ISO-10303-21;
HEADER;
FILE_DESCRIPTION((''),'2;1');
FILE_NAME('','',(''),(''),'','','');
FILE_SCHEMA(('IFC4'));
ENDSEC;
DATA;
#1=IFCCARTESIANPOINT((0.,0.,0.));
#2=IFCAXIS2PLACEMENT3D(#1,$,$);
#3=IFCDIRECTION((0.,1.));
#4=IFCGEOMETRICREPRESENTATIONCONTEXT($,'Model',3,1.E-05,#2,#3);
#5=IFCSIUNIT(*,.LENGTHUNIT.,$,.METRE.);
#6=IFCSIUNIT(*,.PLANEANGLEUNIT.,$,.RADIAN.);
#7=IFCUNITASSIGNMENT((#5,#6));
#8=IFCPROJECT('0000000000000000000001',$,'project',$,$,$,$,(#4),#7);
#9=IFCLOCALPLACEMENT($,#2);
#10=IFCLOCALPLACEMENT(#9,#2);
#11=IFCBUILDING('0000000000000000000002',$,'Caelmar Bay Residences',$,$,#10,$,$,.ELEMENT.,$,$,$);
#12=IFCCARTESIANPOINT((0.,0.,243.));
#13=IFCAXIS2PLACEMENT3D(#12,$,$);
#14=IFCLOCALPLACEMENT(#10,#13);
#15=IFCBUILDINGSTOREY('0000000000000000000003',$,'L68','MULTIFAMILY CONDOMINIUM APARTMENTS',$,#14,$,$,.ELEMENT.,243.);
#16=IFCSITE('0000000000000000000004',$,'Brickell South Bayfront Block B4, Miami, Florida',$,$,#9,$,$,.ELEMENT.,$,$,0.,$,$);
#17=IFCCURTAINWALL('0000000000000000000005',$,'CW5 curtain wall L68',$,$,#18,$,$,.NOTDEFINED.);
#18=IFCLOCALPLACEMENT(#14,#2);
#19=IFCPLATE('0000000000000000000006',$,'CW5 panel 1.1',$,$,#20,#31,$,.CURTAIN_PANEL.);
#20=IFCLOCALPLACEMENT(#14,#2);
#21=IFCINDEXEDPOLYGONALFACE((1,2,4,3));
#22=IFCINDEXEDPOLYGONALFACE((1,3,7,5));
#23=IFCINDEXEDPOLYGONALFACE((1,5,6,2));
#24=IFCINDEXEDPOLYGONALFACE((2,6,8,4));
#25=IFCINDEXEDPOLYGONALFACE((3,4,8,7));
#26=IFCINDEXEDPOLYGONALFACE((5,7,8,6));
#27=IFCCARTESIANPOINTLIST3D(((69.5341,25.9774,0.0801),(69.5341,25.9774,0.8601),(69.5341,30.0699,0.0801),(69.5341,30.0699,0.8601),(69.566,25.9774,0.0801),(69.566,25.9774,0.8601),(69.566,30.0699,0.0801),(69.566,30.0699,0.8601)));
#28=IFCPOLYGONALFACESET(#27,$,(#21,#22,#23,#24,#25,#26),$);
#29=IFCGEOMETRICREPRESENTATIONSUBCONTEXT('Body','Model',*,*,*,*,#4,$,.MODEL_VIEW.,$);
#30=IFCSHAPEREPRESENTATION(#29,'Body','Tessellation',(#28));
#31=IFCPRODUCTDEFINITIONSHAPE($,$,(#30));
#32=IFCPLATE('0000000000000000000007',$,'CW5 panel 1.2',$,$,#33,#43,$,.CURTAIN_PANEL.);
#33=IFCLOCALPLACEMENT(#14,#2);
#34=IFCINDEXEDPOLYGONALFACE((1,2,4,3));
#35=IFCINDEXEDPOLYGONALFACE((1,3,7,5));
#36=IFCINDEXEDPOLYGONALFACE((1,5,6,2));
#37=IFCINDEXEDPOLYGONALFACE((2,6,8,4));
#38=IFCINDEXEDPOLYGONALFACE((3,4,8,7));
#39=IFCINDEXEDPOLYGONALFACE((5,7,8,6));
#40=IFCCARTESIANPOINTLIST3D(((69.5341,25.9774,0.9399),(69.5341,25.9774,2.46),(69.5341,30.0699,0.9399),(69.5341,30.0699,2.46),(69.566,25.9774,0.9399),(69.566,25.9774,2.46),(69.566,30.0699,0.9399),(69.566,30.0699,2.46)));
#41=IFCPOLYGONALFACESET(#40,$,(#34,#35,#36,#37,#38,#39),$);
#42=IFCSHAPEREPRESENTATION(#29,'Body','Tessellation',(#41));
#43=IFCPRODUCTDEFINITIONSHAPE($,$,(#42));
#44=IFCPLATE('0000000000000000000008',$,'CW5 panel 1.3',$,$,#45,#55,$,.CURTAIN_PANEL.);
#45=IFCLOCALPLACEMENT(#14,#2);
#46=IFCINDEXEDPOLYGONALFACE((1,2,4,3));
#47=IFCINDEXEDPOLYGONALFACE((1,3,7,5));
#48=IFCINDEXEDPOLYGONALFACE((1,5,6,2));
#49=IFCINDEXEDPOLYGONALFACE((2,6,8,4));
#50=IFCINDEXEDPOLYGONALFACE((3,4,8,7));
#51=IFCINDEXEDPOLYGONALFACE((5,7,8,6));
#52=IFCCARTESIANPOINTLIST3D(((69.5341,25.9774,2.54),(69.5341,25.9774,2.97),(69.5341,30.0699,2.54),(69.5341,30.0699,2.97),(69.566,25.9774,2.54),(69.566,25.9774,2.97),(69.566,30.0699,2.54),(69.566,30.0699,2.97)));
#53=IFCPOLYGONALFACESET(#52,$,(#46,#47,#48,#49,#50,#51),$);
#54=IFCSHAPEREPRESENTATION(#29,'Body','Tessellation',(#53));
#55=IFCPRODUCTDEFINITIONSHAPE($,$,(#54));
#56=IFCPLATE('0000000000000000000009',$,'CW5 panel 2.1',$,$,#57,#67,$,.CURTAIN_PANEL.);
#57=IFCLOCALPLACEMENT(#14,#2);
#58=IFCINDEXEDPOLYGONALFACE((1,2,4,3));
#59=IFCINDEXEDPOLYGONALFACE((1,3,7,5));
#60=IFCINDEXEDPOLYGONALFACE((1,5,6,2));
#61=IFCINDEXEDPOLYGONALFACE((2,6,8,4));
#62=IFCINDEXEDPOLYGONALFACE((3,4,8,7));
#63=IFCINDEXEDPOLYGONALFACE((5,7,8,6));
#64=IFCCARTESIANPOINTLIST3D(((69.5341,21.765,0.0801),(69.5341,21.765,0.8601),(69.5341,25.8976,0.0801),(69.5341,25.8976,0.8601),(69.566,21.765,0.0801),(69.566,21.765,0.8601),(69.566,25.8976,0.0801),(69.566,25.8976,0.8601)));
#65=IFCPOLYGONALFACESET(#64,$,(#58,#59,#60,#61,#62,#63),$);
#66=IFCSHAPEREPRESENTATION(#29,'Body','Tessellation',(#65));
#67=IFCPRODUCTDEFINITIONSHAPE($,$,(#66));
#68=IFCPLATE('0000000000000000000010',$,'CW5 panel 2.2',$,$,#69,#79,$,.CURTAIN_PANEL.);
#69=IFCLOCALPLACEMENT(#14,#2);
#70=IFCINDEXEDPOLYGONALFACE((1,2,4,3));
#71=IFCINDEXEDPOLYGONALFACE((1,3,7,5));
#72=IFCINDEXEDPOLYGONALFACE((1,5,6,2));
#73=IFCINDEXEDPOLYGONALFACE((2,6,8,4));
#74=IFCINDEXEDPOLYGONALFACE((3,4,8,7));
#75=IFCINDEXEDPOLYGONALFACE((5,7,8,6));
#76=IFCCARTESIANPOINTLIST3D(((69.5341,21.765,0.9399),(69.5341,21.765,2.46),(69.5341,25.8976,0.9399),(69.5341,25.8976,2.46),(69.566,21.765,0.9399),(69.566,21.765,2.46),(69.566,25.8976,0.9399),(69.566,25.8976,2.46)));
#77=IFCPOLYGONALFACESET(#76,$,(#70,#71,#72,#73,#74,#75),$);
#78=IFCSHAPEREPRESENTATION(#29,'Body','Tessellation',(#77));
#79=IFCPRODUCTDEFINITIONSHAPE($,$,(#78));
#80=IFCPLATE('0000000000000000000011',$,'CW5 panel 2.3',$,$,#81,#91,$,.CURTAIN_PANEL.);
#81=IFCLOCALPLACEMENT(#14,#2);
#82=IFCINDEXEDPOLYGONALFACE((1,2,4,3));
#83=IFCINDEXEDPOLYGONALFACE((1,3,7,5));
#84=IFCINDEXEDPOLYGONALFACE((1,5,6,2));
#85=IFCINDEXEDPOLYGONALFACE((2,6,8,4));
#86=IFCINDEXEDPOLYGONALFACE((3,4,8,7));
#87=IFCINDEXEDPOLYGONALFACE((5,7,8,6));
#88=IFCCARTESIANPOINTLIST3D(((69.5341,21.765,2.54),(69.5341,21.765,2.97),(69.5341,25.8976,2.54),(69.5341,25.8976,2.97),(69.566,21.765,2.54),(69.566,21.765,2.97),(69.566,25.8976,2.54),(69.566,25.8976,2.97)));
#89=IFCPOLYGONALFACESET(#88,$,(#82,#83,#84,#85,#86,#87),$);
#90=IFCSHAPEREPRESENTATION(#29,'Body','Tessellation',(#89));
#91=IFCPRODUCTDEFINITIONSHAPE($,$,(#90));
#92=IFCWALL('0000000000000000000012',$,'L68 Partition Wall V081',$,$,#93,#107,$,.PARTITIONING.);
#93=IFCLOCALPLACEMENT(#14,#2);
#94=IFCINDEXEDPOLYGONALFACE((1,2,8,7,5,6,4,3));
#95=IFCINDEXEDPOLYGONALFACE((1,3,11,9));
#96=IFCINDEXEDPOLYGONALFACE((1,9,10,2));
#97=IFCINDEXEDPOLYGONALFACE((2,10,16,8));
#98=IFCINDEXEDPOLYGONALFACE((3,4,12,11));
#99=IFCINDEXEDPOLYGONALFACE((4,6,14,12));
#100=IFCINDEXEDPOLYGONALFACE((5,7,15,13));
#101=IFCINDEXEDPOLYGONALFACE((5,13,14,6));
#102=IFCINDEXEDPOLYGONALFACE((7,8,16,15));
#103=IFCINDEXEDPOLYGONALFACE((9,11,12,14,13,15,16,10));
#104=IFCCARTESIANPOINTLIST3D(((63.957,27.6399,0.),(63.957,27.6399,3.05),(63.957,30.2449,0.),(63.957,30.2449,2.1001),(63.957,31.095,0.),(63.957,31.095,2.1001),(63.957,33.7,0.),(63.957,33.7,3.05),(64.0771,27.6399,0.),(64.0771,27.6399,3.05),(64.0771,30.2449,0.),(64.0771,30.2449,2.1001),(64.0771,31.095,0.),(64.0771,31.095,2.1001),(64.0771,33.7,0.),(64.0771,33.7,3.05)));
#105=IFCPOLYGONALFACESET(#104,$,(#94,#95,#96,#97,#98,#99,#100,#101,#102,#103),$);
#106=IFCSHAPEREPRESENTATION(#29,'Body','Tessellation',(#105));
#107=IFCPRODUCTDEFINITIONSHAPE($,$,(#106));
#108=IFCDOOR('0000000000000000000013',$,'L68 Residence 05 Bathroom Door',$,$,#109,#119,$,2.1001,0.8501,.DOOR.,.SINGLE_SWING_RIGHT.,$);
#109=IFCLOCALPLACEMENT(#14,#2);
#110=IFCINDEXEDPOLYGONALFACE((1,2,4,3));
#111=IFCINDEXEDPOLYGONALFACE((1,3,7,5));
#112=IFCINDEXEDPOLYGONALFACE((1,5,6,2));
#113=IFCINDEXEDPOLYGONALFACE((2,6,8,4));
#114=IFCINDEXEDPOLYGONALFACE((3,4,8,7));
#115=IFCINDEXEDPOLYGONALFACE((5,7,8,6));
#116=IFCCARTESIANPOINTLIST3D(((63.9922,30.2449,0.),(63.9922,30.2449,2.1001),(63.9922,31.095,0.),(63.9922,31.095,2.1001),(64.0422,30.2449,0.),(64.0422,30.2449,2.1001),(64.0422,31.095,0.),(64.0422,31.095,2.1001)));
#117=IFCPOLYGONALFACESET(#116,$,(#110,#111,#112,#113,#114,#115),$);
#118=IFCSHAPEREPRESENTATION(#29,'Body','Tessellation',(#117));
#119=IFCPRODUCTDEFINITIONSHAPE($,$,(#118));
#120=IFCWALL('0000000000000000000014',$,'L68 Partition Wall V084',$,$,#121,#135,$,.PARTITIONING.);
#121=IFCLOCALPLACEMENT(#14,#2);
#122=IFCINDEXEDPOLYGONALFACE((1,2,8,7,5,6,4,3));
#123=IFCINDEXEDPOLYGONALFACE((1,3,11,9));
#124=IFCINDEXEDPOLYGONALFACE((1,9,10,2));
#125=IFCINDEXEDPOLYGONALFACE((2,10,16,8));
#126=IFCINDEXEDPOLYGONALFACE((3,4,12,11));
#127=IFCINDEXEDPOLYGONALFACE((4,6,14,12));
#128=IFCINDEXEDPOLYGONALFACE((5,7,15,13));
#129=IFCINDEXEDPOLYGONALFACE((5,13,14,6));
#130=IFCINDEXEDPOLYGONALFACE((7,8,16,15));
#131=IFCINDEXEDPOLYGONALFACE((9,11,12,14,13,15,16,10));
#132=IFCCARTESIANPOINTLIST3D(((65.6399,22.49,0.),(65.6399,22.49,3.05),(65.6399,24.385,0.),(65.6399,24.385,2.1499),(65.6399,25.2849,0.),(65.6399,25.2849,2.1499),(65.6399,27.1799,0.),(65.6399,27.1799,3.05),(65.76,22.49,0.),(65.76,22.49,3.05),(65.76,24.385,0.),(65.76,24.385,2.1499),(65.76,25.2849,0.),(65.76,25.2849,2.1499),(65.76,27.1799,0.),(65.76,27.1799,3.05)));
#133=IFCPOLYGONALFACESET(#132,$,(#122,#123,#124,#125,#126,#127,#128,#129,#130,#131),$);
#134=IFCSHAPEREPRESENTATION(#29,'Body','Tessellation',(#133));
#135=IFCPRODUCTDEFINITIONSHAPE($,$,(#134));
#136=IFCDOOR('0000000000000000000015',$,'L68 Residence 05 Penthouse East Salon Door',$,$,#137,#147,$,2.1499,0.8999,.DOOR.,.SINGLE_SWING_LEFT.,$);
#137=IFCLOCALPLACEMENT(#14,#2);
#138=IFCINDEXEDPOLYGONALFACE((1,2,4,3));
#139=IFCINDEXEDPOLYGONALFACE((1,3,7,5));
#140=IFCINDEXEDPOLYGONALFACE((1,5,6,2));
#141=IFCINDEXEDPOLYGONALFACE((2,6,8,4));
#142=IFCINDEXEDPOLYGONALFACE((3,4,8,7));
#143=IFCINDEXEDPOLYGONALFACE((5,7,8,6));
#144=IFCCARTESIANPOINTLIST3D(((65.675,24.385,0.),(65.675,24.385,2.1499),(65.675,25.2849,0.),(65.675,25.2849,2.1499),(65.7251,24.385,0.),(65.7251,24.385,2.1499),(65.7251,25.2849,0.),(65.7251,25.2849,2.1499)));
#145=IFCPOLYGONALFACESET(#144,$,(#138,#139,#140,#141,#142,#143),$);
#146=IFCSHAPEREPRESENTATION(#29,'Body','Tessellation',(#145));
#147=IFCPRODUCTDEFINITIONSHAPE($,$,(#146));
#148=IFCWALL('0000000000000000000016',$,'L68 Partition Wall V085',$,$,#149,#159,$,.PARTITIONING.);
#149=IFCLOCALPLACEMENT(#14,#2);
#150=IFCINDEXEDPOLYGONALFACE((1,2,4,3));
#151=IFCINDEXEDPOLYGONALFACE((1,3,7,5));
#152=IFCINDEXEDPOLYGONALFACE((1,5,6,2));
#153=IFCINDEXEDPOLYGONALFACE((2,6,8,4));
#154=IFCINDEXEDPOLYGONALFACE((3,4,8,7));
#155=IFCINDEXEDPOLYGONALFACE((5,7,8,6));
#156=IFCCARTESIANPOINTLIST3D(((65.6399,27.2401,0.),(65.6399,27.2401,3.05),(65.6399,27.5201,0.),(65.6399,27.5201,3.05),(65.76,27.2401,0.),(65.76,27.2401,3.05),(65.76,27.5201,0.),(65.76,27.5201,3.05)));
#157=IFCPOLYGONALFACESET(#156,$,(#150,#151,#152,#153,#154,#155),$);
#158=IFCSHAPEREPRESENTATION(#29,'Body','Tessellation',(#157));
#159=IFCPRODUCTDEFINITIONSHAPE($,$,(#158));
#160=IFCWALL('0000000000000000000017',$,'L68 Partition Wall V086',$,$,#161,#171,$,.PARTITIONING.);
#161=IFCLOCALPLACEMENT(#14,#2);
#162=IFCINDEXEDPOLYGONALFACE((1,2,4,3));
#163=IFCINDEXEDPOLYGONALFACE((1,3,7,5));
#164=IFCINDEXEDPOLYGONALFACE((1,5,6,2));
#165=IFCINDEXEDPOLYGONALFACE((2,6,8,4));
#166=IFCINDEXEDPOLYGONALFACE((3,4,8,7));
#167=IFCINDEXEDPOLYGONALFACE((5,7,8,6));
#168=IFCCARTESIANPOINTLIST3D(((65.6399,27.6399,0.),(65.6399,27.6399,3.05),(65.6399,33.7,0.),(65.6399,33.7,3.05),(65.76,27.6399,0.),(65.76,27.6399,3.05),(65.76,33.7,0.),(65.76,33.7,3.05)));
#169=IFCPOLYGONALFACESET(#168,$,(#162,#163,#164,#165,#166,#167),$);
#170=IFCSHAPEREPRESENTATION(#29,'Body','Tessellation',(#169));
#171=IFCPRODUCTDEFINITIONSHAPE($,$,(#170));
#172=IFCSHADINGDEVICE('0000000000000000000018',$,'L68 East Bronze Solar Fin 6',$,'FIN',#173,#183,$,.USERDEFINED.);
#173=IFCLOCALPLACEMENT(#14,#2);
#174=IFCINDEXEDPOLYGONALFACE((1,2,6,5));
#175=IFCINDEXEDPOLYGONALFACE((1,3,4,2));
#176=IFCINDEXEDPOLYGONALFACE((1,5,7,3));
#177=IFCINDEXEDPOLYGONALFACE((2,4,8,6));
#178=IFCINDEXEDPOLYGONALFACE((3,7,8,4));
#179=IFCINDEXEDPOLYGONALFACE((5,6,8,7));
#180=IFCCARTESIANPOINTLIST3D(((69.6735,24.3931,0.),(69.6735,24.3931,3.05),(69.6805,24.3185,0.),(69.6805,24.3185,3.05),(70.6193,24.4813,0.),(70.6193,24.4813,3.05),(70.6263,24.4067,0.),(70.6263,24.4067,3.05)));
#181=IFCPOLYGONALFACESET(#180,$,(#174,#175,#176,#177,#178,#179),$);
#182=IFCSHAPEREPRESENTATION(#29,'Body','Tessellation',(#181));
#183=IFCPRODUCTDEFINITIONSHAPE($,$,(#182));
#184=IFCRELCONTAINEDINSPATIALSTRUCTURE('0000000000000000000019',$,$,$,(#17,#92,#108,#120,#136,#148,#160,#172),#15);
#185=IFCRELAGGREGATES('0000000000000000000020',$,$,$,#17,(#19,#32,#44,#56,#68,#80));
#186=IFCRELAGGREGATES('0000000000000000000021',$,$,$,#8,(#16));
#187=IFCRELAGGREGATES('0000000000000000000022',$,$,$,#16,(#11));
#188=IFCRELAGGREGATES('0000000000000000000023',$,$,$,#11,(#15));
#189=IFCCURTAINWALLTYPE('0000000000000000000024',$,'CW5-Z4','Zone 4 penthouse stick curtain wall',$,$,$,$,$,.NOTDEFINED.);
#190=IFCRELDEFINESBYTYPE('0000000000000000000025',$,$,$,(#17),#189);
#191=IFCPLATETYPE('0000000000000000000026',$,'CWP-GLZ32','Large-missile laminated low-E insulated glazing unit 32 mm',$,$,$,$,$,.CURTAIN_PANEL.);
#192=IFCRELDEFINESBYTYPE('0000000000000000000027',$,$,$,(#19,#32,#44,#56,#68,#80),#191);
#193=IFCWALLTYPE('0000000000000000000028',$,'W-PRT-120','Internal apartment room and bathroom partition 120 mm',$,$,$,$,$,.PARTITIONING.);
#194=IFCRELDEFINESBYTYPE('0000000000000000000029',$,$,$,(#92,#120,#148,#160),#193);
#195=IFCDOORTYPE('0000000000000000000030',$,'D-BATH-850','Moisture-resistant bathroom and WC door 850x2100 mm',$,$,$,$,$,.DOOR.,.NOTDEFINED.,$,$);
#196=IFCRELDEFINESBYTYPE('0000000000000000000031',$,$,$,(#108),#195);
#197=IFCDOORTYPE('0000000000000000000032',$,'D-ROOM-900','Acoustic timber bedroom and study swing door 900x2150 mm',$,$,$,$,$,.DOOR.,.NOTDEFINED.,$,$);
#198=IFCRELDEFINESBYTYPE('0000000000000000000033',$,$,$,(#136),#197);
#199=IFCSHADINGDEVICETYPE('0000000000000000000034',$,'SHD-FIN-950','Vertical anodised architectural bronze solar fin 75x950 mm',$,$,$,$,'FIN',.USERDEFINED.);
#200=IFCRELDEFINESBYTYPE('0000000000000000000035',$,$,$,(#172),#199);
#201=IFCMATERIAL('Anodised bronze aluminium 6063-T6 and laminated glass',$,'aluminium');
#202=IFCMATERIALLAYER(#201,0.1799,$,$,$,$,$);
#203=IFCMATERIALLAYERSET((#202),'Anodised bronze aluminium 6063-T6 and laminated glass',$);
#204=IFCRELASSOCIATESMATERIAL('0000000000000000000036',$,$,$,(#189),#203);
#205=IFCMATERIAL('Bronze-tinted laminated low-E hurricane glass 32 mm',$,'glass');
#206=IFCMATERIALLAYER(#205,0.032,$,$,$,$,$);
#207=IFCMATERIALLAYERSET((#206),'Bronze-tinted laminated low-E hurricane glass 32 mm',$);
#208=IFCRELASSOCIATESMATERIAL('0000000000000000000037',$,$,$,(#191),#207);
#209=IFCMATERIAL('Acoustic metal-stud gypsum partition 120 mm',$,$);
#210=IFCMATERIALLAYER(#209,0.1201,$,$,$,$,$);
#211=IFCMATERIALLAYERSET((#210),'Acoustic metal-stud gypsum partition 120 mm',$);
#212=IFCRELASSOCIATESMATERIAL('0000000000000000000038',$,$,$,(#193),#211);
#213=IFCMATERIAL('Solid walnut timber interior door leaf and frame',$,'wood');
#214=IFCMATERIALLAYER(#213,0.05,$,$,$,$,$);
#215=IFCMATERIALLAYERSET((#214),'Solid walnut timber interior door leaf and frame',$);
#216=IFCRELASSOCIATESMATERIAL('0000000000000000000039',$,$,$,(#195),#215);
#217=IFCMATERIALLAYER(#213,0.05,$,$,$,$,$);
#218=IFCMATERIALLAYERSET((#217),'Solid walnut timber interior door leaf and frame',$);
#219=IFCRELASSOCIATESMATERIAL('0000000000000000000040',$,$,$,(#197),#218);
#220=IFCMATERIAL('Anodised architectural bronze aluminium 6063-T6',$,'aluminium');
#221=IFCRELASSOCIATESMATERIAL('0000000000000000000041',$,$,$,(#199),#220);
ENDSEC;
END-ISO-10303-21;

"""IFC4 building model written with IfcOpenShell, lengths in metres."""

from ifc_helpers import new_model, si_unit, direction, frame, frame_2d, origin, origin_2d, place, context, subcontext, project, spatial, rectangle, extrude, material, layer, layer_set, material_profile, profile_set, type_object, element, fill, aggregate, save


model = new_model("IFC4")

# Units and contexts
model_context = context("Model", 3, precision=1e-05, world=origin(), true_north=direction((0.0, 1.0)))
body_context = subcontext(model_context, "Body", "Model", "MODEL_VIEW")
ifc_project = project(units=[si_unit("LENGTHUNIT", "METRE"), si_unit("PLANEANGLEUNIT", "RADIAN")], contexts=[model_context])

# Site, building, storey
site_placement = place(None, origin())
site = spatial("IfcSite", under=ifc_project, at=site_placement, Name="Brickell South Bayfront Block B4, Miami, Florida", CompositionType="ELEMENT", RefElevation=0.0)
building_placement = place(site_placement, origin())
building = spatial("IfcBuilding", under=site, at=building_placement, Name="Caelmar Bay Residences", CompositionType="ELEMENT")
storey_placement = place(building_placement, frame((0.0, 0.0, 243.0)))
storey = spatial("IfcBuildingStorey", under=building, at=storey_placement, Name="L68", Description="MULTIFAMILY CONDOMINIUM APARTMENTS", CompositionType="ELEMENT", Elevation=243.0)

# Curtain wall, plates
ifc_material_1 = material(Name="Anodised bronze aluminium 6063-T6 and laminated glass", Category="aluminium")
ifc_layer_1 = layer(ifc_material_1, 0.1799)
ifc_layer_set_1 = layer_set([ifc_layer_1], Name="Anodised bronze aluminium 6063-T6 and laminated glass")
curtain_wall_type = type_object("IfcCurtainWallType", Name="CW5-Z4", Description="Zone 4 penthouse stick curtain wall", PredefinedType="NOTDEFINED", material=ifc_layer_set_1)
curtain_wall_placement = place(storey_placement, origin())
curtain_wall = element("IfcCurtainWall", 1, at=curtain_wall_placement, inside=storey, type_object=curtain_wall_type, Name="CW5 curtain wall L68", PredefinedType="NOTDEFINED")
ifc_material_2 = material(Name="Bronze-tinted laminated low-E hurricane glass 32 mm", Category="glass")
ifc_layer_2 = layer(ifc_material_2, 0.032)
ifc_layer_set_2 = layer_set([ifc_layer_2], Name="Bronze-tinted laminated low-E hurricane glass 32 mm")
plate_type = type_object("IfcPlateType", Name="CWP-GLZ32", Description="Large-missile laminated low-E insulated glazing unit 32 mm", PredefinedType="CURTAIN_PANEL", material=ifc_layer_set_2)
plate_1_placement = place(storey_placement, frame((69.55, 28.0237, 0.0801), z_axis=(0.0, 0.0, 1.0), x_axis=(0.0, -1.0, 0.0)))
plate_1 = element("IfcPlate", 2, at=plate_1_placement, type_object=plate_type, Name="CW5 panel 1.1", PredefinedType="CURTAIN_PANEL", context=body_context, shape_type="SweptSolid", body=[
    extrude(rectangle(XDim=4.0925, YDim=0.032, at=origin_2d()), origin(), (0.0, 0.0, 1.0), 0.78),
])
plate_2_placement = place(storey_placement, frame((69.55, 28.0237, 0.9399), z_axis=(0.0, 0.0, 1.0), x_axis=(0.0, -1.0, 0.0)))
plate_2 = element("IfcPlate", 3, at=plate_2_placement, type_object=plate_type, Name="CW5 panel 1.2", PredefinedType="CURTAIN_PANEL", context=body_context, shape_type="SweptSolid", body=[
    extrude(rectangle(XDim=4.0925, YDim=0.032, at=origin_2d()), origin(), (0.0, 0.0, 1.0), 1.52),
])
plate_3_placement = place(storey_placement, frame((69.55, 28.0237, 2.54), z_axis=(0.0, 0.0, 1.0), x_axis=(0.0, -1.0, 0.0)))
plate_3 = element("IfcPlate", 4, at=plate_3_placement, type_object=plate_type, Name="CW5 panel 1.3", PredefinedType="CURTAIN_PANEL", context=body_context, shape_type="SweptSolid", body=[
    extrude(rectangle(XDim=4.0925, YDim=0.032, at=origin_2d()), origin(), (0.0, 0.0, 1.0), 0.4299),
])
plate_4_placement = place(storey_placement, frame((69.55, 23.8313, 0.0801), z_axis=(0.0, 0.0, 1.0), x_axis=(0.0, -1.0, 0.0)))
plate_4 = element("IfcPlate", 5, at=plate_4_placement, type_object=plate_type, Name="CW5 panel 2.1", PredefinedType="CURTAIN_PANEL", context=body_context, shape_type="SweptSolid", body=[
    extrude(rectangle(XDim=4.1326, YDim=0.032, at=origin_2d()), origin(), (0.0, 0.0, 1.0), 0.78),
])
plate_5_placement = place(storey_placement, frame((69.55, 23.8313, 0.9399), z_axis=(0.0, 0.0, 1.0), x_axis=(0.0, -1.0, 0.0)))
plate_5 = element("IfcPlate", 6, at=plate_5_placement, type_object=plate_type, Name="CW5 panel 2.2", PredefinedType="CURTAIN_PANEL", context=body_context, shape_type="SweptSolid", body=[
    extrude(rectangle(XDim=4.1326, YDim=0.032, at=origin_2d()), origin(), (0.0, 0.0, 1.0), 1.52),
])
plate_6_placement = place(storey_placement, frame((69.55, 23.8313, 2.54), z_axis=(0.0, 0.0, 1.0), x_axis=(0.0, -1.0, 0.0)))
plate_6 = element("IfcPlate", 7, at=plate_6_placement, type_object=plate_type, Name="CW5 panel 2.3", PredefinedType="CURTAIN_PANEL", context=body_context, shape_type="SweptSolid", body=[
    extrude(rectangle(XDim=4.1326, YDim=0.032, at=origin_2d()), origin(), (0.0, 0.0, 1.0), 0.4299),
])
aggregate(curtain_wall, [plate_1, plate_2, plate_3, plate_4, plate_5, plate_6])

# Walls, openings, doors
ifc_material_3 = material(Name="Acoustic metal-stud gypsum partition 120 mm")
ifc_layer_3 = layer(ifc_material_3, 0.1201)
ifc_layer_set_3 = layer_set([ifc_layer_3], Name="Acoustic metal-stud gypsum partition 120 mm")
wall_type = type_object("IfcWallType", Name="W-PRT-120", Description="Internal apartment room and bathroom partition 120 mm", PredefinedType="PARTITIONING", material=ifc_layer_set_3)
wall_1_placement = place(storey_placement, frame((64.0171, 27.6399, 0.0), z_axis=(0.0, 0.0, 1.0), x_axis=(0.0, 1.0, 0.0)))
wall_1 = element("IfcWall", 8, at=wall_1_placement, inside=storey, type_object=wall_type, Name="L68 Partition Wall V081", PredefinedType="PARTITIONING", context=body_context, shape_type="SweptSolid", body=[
    extrude(rectangle(XDim=6.0601, YDim=0.1201, at=frame_2d((3.03, 0.0))), origin(), (0.0, 0.0, 1.0), 3.05),
])
opening_1_placement = place(wall_1_placement, frame((2.605, 0.0, 0.0)))
opening_1 = element("IfcOpeningElement", 9, at=opening_1_placement, cuts=wall_1, PredefinedType="OPENING", context=body_context, shape_type="SweptSolid", body=[
    extrude(rectangle(XDim=0.8501, YDim=2.1001, at=frame_2d((0.425, 1.05))), frame((0.0, 0.0701, 0.0), z_axis=(0.0, -1.0, 0.0), x_axis=(1.0, 0.0, 0.0)), (0.0, 0.0, 1.0), 0.1401),
])
ifc_material_4 = material(Name="Solid walnut timber interior door leaf and frame", Category="wood")
ifc_layer_4 = layer(ifc_material_4, 0.05)
ifc_layer_set_4 = layer_set([ifc_layer_4], Name="Solid walnut timber interior door leaf and frame")
door_type_1 = type_object("IfcDoorType", Name="D-BATH-850", Description="Moisture-resistant bathroom and WC door 850x2100 mm", OperationType="NOTDEFINED", PredefinedType="DOOR", material=ifc_layer_set_4)
door_1_placement = place(opening_1_placement, origin())
door_1 = element("IfcDoor", 10, at=door_1_placement, inside=storey, type_object=door_type_1, Name="L68 Residence 05 Bathroom Door", OperationType="SINGLE_SWING_RIGHT", OverallHeight=2.1001, OverallWidth=0.8501, PredefinedType="DOOR", context=body_context, shape_type="SweptSolid", body=[
    extrude(rectangle(XDim=0.8501, YDim=2.1001, at=frame_2d((0.425, 1.05))), frame((0.0, 0.0249, 0.0), z_axis=(0.0, -1.0, 0.0), x_axis=(1.0, 0.0, 0.0)), (0.0, 0.0, 1.0), 0.05),
])
fill(opening_1, door_1)
wall_2_placement = place(storey_placement, frame((65.7, 22.49, 0.0), z_axis=(0.0, 0.0, 1.0), x_axis=(0.0, 1.0, 0.0)))
wall_2 = element("IfcWall", 11, at=wall_2_placement, inside=storey, type_object=wall_type, Name="L68 Partition Wall V084", PredefinedType="PARTITIONING", context=body_context, shape_type="SweptSolid", body=[
    extrude(rectangle(XDim=4.6899, YDim=0.1201, at=frame_2d((2.345, 0.0))), origin(), (0.0, 0.0, 1.0), 3.05),
])
opening_2_placement = place(wall_2_placement, frame((1.895, 0.0, 0.0)))
opening_2 = element("IfcOpeningElement", 12, at=opening_2_placement, cuts=wall_2, PredefinedType="OPENING", context=body_context, shape_type="SweptSolid", body=[
    extrude(rectangle(XDim=0.8999, YDim=2.1499, at=frame_2d((0.45, 1.075))), frame((0.0, 0.0701, 0.0), z_axis=(0.0, -1.0, 0.0), x_axis=(1.0, 0.0, 0.0)), (0.0, 0.0, 1.0), 0.1401),
])
ifc_layer_5 = layer(ifc_material_4, 0.05)
ifc_layer_set_5 = layer_set([ifc_layer_5], Name="Solid walnut timber interior door leaf and frame")
door_type_2 = type_object("IfcDoorType", Name="D-ROOM-900", Description="Acoustic timber bedroom and study swing door 900x2150 mm", OperationType="NOTDEFINED", PredefinedType="DOOR", material=ifc_layer_set_5)
door_2_placement = place(opening_2_placement, origin())
door_2 = element("IfcDoor", 13, at=door_2_placement, inside=storey, type_object=door_type_2, Name="L68 Residence 05 Penthouse East Salon Door", OperationType="SINGLE_SWING_LEFT", OverallHeight=2.1499, OverallWidth=0.8999, PredefinedType="DOOR", context=body_context, shape_type="SweptSolid", body=[
    extrude(rectangle(XDim=0.8999, YDim=2.1499, at=frame_2d((0.45, 1.075))), frame((0.0, 0.0249, 0.0), z_axis=(0.0, -1.0, 0.0), x_axis=(1.0, 0.0, 0.0)), (0.0, 0.0, 1.0), 0.05),
])
fill(opening_2, door_2)

# Walls
wall_3_placement = place(storey_placement, frame((65.7, 27.24, 0.0), z_axis=(0.0, 0.0, 1.0), x_axis=(0.0, 1.0, 0.0)))
element("IfcWall", 14, at=wall_3_placement, inside=storey, type_object=wall_type, Name="L68 Partition Wall V085", PredefinedType="PARTITIONING", context=body_context, shape_type="SweptSolid", body=[
    extrude(rectangle(XDim=0.28, YDim=0.1201, at=frame_2d((0.1401, 0.0))), origin(), (0.0, 0.0, 1.0), 3.05),
])
wall_4_placement = place(storey_placement, frame((65.7, 27.6399, 0.0), z_axis=(0.0, 0.0, 1.0), x_axis=(0.0, 1.0, 0.0)))
element("IfcWall", 15, at=wall_4_placement, inside=storey, type_object=wall_type, Name="L68 Partition Wall V086", PredefinedType="PARTITIONING", context=body_context, shape_type="SweptSolid", body=[
    extrude(rectangle(XDim=6.0601, YDim=0.1201, at=frame_2d((3.03, 0.0))), origin(), (0.0, 0.0, 1.0), 3.05),
])

# Shading device
ifc_material_5 = material(Name="Anodised architectural bronze aluminium 6063-T6", Category="aluminium")
ifc_material_profile_1 = material_profile(ifc_material_5, rectangle(XDim=0.075, YDim=0.95, at=origin_2d()), Name="BRONZE-FIN-75X950")
ifc_profile_set_1 = profile_set([ifc_material_profile_1], Name="Anodised architectural bronze aluminium 6063-T6")
shading_device_type = type_object("IfcShadingDeviceType", Name="SHD-FIN-950", Description="Vertical anodised architectural bronze solar fin 75x950 mm", ElementType="FIN", PredefinedType="USERDEFINED", material=ifc_profile_set_1)
for number, where, z_axis, x_axis, name in (
    (16, (70.1499, 24.3999, 0.0), (0.0, 0.0, 1.0), (-0.092892, 0.995676, 0.0), "L68 East Bronze Solar Fin 6"),
):
    element("IfcShadingDevice", number, at=place(storey_placement, frame(where, z_axis=z_axis, x_axis=x_axis)), inside=storey, type_object=shading_device_type, Name=name, ObjectType="FIN", PredefinedType="USERDEFINED", context=body_context, shape_type="SweptSolid", body=[
        extrude(rectangle(XDim=0.075, YDim=0.95, at=origin_2d()), origin(), (0.0, 0.0, 1.0), 3.05),
    ])

save(model, "model.ifc")
